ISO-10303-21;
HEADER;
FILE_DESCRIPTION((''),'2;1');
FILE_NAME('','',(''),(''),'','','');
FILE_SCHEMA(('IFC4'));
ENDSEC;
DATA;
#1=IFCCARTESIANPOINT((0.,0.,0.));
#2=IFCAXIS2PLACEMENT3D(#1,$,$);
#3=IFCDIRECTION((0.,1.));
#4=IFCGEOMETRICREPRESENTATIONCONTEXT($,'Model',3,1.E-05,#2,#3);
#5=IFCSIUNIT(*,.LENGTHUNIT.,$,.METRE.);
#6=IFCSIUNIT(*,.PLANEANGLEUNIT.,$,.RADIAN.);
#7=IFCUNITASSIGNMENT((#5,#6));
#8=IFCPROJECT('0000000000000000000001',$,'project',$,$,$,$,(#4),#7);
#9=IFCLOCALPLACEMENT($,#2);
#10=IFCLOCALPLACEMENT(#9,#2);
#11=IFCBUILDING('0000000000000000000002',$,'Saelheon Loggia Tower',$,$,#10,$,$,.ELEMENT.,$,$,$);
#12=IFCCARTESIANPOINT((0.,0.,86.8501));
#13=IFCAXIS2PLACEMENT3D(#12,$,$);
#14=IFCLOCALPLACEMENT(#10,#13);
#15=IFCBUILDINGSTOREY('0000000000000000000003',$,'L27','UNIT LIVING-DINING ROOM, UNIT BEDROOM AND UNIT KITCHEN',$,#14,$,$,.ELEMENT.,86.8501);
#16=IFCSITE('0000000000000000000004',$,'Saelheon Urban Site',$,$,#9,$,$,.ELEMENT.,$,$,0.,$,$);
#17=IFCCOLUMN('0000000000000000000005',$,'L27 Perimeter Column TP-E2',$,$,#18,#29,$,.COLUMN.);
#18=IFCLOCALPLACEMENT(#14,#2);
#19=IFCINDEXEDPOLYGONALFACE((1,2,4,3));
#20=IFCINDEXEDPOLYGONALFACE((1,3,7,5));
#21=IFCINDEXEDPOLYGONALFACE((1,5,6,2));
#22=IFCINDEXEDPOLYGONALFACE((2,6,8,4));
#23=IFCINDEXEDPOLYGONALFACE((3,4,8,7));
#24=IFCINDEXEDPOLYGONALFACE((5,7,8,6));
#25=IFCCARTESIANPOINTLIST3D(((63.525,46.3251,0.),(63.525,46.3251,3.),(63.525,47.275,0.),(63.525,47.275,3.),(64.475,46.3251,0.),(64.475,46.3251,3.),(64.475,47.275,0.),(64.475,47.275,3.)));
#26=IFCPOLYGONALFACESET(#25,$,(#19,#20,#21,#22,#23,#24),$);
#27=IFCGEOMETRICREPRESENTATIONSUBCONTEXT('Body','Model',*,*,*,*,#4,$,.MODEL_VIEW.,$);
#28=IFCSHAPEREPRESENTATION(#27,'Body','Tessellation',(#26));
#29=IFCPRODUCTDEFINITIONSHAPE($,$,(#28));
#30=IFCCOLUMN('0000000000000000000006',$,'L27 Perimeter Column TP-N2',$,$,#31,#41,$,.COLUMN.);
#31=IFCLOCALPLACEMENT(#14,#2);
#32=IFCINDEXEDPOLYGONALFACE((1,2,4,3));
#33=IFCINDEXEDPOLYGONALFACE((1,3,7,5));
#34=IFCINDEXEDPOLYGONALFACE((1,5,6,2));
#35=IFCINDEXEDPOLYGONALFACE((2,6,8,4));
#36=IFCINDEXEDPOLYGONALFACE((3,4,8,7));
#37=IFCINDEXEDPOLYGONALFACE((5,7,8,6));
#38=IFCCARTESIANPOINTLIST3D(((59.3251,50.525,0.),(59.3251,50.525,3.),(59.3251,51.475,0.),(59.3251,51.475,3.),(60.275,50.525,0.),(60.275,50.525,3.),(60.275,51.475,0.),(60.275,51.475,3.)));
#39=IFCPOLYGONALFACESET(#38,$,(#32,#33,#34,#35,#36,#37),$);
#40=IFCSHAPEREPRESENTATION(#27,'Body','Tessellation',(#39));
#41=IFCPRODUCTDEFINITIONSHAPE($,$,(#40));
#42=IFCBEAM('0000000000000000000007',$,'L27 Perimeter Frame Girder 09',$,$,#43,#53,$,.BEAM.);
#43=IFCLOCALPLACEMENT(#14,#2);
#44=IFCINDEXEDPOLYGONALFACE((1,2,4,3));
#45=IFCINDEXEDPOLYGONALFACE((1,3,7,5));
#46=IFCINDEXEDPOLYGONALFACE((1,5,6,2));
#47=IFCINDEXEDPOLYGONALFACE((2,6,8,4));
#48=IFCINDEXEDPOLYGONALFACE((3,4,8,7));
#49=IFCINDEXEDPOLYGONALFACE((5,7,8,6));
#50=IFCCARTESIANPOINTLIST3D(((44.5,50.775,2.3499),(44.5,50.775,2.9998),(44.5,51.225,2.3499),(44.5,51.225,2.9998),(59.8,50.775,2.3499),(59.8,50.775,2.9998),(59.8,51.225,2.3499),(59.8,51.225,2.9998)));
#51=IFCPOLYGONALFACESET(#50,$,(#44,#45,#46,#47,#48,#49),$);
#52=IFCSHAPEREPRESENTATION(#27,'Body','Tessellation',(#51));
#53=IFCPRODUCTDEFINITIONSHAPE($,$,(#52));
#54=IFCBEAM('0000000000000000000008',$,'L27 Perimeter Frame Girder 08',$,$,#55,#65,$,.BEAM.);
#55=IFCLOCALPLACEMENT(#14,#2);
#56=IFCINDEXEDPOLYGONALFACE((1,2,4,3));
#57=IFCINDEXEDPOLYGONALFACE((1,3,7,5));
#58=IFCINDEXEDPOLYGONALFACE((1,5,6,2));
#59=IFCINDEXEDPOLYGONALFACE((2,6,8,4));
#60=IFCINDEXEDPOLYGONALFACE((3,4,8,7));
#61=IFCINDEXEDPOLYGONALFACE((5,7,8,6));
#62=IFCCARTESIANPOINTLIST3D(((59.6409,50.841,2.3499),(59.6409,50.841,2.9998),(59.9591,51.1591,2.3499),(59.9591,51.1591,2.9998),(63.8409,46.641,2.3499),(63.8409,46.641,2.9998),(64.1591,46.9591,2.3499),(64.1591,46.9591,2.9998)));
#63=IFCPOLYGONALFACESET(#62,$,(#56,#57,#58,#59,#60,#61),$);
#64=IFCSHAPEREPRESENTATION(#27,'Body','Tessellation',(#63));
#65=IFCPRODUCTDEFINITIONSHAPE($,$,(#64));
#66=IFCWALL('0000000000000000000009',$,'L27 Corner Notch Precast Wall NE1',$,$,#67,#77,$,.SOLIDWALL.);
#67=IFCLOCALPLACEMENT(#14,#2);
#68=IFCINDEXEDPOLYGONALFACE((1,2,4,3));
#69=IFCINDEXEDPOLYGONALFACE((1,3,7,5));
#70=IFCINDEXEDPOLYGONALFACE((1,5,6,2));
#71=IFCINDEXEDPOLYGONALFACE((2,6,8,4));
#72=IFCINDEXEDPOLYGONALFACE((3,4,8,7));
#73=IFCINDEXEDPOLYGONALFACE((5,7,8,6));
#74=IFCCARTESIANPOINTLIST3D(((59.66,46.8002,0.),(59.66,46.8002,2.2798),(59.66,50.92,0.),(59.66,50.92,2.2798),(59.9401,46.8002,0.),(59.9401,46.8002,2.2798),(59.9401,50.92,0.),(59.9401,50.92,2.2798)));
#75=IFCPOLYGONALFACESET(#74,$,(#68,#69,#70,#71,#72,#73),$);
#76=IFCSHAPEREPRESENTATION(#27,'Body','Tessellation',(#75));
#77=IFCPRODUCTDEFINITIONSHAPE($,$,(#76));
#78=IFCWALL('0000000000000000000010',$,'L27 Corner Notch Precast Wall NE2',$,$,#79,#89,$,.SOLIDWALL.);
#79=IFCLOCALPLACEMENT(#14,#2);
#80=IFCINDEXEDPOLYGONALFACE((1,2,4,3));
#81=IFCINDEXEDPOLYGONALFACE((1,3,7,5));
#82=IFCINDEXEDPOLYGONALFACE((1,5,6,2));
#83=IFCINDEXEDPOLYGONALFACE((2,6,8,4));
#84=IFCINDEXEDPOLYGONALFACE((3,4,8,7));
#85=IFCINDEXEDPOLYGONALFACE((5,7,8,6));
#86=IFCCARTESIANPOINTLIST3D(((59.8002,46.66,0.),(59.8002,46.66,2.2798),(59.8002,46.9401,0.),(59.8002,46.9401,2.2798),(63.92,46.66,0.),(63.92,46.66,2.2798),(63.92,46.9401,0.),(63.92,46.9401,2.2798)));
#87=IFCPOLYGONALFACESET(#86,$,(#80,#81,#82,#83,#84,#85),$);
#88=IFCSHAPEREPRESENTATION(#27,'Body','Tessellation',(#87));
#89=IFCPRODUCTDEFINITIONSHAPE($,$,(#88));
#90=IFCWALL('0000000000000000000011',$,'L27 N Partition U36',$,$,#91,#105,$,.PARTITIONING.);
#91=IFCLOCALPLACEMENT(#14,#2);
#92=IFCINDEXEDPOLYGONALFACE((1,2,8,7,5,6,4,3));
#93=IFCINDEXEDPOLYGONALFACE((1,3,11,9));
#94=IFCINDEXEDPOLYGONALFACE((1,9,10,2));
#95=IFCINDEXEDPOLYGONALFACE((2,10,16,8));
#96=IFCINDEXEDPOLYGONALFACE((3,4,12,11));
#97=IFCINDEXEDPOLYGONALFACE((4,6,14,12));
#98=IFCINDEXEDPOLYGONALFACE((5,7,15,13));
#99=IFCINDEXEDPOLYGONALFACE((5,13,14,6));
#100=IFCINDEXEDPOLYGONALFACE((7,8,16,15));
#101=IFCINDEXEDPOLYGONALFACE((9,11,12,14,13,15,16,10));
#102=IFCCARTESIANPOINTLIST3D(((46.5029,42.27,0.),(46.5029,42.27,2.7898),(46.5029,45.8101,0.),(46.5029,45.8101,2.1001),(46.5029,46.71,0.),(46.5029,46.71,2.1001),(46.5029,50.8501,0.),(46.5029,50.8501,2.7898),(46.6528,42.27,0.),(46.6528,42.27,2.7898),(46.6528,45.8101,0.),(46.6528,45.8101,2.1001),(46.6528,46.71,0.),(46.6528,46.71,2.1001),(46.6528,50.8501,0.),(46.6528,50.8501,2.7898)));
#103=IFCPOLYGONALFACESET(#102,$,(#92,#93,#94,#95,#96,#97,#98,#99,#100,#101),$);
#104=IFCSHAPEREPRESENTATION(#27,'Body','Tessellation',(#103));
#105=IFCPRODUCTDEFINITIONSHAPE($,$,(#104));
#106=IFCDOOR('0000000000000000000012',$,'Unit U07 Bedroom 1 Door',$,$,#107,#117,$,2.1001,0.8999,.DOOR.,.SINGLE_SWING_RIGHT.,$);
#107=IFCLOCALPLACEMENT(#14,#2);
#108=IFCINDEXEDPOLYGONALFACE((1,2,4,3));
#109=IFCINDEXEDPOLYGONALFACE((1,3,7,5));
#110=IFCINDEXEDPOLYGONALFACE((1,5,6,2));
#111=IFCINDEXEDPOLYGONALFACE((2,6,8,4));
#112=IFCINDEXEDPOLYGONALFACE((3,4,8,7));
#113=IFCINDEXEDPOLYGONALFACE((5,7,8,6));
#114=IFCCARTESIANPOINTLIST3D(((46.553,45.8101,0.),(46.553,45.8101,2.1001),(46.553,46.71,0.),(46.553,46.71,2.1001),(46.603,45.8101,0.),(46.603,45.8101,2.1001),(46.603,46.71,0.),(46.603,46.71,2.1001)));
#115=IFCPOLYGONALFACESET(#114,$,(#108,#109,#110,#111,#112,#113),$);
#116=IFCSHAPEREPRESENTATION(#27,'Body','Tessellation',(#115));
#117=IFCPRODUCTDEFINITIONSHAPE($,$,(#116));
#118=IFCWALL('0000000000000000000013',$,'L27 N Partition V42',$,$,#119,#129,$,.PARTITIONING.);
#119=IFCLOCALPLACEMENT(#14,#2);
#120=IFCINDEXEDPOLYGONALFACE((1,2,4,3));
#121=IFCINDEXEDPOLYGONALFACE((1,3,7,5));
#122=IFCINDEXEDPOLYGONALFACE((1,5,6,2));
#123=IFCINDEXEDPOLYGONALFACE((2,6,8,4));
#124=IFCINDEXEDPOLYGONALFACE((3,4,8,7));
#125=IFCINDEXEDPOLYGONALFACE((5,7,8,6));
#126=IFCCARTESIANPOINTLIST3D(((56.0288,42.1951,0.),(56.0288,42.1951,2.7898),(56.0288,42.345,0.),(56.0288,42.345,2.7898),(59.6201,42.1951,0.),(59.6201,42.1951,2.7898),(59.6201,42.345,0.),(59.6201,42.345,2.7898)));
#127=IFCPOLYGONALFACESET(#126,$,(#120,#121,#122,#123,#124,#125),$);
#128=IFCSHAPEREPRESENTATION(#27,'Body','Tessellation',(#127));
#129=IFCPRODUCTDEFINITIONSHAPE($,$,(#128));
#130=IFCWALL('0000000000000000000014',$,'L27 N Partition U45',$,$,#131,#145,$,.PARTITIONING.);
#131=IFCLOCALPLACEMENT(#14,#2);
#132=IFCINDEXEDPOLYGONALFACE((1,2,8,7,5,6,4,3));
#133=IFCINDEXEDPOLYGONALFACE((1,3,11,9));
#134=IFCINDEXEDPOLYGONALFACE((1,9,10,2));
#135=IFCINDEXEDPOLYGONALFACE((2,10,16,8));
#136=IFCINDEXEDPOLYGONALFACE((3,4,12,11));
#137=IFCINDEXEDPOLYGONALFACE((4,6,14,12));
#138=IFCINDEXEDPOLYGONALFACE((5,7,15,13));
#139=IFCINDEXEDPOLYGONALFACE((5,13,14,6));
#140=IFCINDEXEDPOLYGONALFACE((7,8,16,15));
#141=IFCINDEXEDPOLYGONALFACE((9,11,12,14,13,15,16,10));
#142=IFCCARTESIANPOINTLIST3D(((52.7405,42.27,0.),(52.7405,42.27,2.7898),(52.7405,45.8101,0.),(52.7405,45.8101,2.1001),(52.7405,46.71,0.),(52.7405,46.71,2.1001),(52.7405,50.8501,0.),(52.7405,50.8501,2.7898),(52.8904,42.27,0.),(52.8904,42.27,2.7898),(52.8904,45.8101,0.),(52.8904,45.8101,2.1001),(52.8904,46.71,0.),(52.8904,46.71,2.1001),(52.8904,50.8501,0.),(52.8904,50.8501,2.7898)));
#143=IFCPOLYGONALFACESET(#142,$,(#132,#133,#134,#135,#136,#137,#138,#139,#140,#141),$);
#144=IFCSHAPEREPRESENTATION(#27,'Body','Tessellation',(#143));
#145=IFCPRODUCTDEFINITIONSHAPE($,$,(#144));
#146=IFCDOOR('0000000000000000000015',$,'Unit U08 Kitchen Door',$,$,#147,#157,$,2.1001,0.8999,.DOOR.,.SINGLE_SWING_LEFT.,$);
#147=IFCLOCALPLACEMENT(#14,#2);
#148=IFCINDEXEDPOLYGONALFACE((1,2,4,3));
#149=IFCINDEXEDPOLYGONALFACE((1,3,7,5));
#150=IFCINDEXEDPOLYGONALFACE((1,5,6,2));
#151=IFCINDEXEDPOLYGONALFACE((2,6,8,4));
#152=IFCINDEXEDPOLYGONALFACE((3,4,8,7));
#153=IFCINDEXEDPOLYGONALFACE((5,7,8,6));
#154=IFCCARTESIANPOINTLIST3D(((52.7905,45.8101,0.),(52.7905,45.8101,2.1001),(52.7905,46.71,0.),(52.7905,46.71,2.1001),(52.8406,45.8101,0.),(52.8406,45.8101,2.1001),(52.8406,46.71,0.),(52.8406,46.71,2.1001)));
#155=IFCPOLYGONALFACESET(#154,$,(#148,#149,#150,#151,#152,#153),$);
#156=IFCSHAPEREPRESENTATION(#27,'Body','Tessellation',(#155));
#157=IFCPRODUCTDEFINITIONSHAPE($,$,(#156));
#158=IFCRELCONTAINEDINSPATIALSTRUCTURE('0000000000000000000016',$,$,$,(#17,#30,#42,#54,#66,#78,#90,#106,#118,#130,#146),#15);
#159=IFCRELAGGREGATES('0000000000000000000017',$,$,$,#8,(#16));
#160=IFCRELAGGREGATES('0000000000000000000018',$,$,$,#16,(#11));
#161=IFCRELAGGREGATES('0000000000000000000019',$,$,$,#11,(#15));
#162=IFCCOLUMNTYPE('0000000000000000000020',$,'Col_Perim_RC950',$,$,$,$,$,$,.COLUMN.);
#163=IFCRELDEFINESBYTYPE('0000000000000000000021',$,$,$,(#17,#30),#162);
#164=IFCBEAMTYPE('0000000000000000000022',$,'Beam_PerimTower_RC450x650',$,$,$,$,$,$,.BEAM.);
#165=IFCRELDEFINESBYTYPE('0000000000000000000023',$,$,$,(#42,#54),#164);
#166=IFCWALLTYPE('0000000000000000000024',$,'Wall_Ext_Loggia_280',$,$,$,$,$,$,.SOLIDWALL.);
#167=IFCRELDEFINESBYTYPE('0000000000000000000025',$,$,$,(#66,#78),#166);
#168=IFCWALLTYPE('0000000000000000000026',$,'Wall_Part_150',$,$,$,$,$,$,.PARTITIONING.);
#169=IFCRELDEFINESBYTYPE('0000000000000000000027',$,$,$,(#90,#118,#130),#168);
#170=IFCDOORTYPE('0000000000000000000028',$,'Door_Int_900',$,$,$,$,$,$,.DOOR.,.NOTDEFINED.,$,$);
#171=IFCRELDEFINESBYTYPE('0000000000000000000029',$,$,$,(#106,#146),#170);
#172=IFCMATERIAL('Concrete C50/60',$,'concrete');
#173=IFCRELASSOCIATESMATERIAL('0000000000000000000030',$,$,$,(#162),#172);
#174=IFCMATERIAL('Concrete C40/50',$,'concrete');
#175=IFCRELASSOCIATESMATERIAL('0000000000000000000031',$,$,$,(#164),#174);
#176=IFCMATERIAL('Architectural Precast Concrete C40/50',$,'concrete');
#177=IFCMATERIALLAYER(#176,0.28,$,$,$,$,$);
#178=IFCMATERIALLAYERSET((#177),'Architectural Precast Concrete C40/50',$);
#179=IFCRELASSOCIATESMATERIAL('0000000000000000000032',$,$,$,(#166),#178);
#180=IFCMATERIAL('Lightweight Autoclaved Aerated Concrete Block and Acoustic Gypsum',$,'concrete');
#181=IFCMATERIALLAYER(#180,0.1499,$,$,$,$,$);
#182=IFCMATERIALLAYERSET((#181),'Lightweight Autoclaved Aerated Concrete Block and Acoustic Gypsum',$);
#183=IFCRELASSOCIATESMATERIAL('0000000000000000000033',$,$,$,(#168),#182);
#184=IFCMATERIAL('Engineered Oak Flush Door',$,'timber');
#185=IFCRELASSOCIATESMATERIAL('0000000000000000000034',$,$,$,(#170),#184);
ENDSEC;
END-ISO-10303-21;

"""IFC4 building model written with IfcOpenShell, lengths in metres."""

from ifc_helpers import new_model, si_unit, direction, frame, frame_2d, origin, origin_2d, place, context, subcontext, project, spatial, rectangle, extrude, source, transform, mapped, material, layer, layer_set, material_profile, profile_set, type_object, element, fill, save


model = new_model("IFC4")

# Units and contexts
model_context = context("Model", 3, precision=1e-05, world=origin(), true_north=direction((0.0, 1.0)))
body_context = subcontext(model_context, "Body", "Model", "MODEL_VIEW")
ifc_project = project(units=[si_unit("LENGTHUNIT", "METRE"), si_unit("PLANEANGLEUNIT", "RADIAN")], contexts=[model_context])

# Site, building, storey
site_placement = place(None, origin())
site = spatial("IfcSite", under=ifc_project, at=site_placement, Name="Saelheon Urban Site", CompositionType="ELEMENT", RefElevation=0.0)
building_placement = place(site_placement, origin())
building = spatial("IfcBuilding", under=site, at=building_placement, Name="Saelheon Loggia Tower", CompositionType="ELEMENT")
storey_placement = place(building_placement, frame((0.0, 0.0, 86.8501)))
storey = spatial("IfcBuildingStorey", under=building, at=storey_placement, Name="L27", Description="UNIT LIVING-DINING ROOM, UNIT BEDROOM AND UNIT KITCHEN", CompositionType="ELEMENT", Elevation=86.8501)

# Columns
ifc_material_1 = material(Name="Concrete C50/60", Category="concrete")
ifc_material_profile_1 = material_profile(ifc_material_1, rectangle(XDim=0.95, YDim=0.95, at=origin_2d()), Name="RC-950x950")
ifc_profile_set_1 = profile_set([ifc_material_profile_1], Name="Concrete C50/60")
column_type = type_object("IfcColumnType", Name="Col_Perim_RC950", PredefinedType="COLUMN", material=ifc_profile_set_1)
shared_shape_1 = source(origin(), body_context, "Body", "SweptSolid", [
    extrude(rectangle(XDim=0.95, YDim=0.95, at=origin_2d()), origin(), (0.0, 0.0, 1.0), 3.0),
])
for number, where, z_axis, x_axis, name in (
    (1, (64.0, 46.8, 0.0), (0.0, 0.0, 1.0), (1.0, 0.0, 0.0), "L27 Perimeter Column TP-E2"),
    (2, (59.8, 51.0, 0.0), (0.0, 0.0, 1.0), (1.0, 0.0, 0.0), "L27 Perimeter Column TP-N2"),
):
    element("IfcColumn", number, at=place(storey_placement, frame(where, z_axis=z_axis, x_axis=x_axis)), inside=storey, type_object=column_type, Name=name, PredefinedType="COLUMN", context=body_context, shape_type="MappedRepresentation", body=[
        mapped(shared_shape_1, transform((0.0, 0.0, 0.0), scale=1.0)),
    ])

# Beams
ifc_material_2 = material(Name="Concrete C40/50", Category="concrete")
ifc_material_profile_2 = material_profile(ifc_material_2, rectangle(XDim=0.45, YDim=0.6499, at=origin_2d()), Name="RC-450x650")
ifc_profile_set_2 = profile_set([ifc_material_profile_2], Name="Concrete C40/50")
beam_type = type_object("IfcBeamType", Name="Beam_PerimTower_RC450x650", PredefinedType="BEAM", material=ifc_profile_set_2)
shared_shape_2 = source(origin(), body_context, "Body", "SweptSolid", [
    extrude(rectangle(XDim=0.45, YDim=0.6499, at=origin_2d()), origin(), (0.0, 0.0, 1.0), 15.3),
])
beam_1_placement = place(storey_placement, frame((59.8, 51.0, 2.6748), z_axis=(-1.0, 0.0, 0.0), x_axis=(0.0, -1.0, 0.0)))
element("IfcBeam", 3, at=beam_1_placement, inside=storey, type_object=beam_type, Name="L27 Perimeter Frame Girder 09", PredefinedType="BEAM", context=body_context, shape_type="MappedRepresentation", body=[
    mapped(shared_shape_2, transform((0.0, 0.0, 0.0), scale=1.0)),
])
shared_shape_3 = source(origin(), body_context, "Body", "SweptSolid", [
    extrude(rectangle(XDim=0.45, YDim=0.6499, at=origin_2d()), origin(), (0.0, 0.0, 1.0), 5.9397),
])
beam_2_placement = place(storey_placement, frame((64.0, 46.8, 2.6748), z_axis=(-0.707107, 0.707107, 0.0), x_axis=(-0.707107, -0.707107, 0.0)))
element("IfcBeam", 4, at=beam_2_placement, inside=storey, type_object=beam_type, Name="L27 Perimeter Frame Girder 08", PredefinedType="BEAM", context=body_context, shape_type="MappedRepresentation", body=[
    mapped(shared_shape_3, transform((0.0, 0.0, 0.0), scale=1.0)),
])

# Walls
ifc_material_3 = material(Name="Architectural Precast Concrete C40/50", Category="concrete")
ifc_layer_1 = layer(ifc_material_3, 0.28)
ifc_layer_set_1 = layer_set([ifc_layer_1], Name="Architectural Precast Concrete C40/50")
wall_type_1 = type_object("IfcWallType", Name="Wall_Ext_Loggia_280", PredefinedType="SOLIDWALL", material=ifc_layer_set_1)
for number, where, z_axis, x_axis, name in (
    (5, (59.8, 46.8, 0.0), (0.0, 0.0, 1.0), (0.0, 1.0, 0.0), "L27 Corner Notch Precast Wall NE1"),
    (6, (59.8, 46.8, 0.0), (0.0, 0.0, 1.0), (1.0, 0.0, 0.0), "L27 Corner Notch Precast Wall NE2"),
):
    element("IfcWall", number, at=place(storey_placement, frame(where, z_axis=z_axis, x_axis=x_axis)), inside=storey, type_object=wall_type_1, Name=name, PredefinedType="SOLIDWALL", context=body_context, shape_type="SweptSolid", body=[
        extrude(rectangle(XDim=4.1199, YDim=0.28, at=frame_2d((2.0601, 0.0))), origin(), (0.0, 0.0, 1.0), 2.2798),
    ])

# Wall, opening, door
ifc_material_4 = material(Name="Lightweight Autoclaved Aerated Concrete Block and Acoustic Gypsum", Category="concrete")
ifc_layer_2 = layer(ifc_material_4, 0.1499)
ifc_layer_set_2 = layer_set([ifc_layer_2], Name="Lightweight Autoclaved Aerated Concrete Block and Acoustic Gypsum")
wall_type_2 = type_object("IfcWallType", Name="Wall_Part_150", PredefinedType="PARTITIONING", material=ifc_layer_set_2)
wall_1_placement = place(storey_placement, frame((46.5779, 42.27, 0.0), z_axis=(0.0, 0.0, 1.0), x_axis=(0.0, 1.0, 0.0)))
wall_1 = element("IfcWall", 7, at=wall_1_placement, inside=storey, type_object=wall_type_2, Name="L27 N Partition U36", PredefinedType="PARTITIONING", context=body_context, shape_type="SweptSolid", body=[
    extrude(rectangle(XDim=8.5801, YDim=0.1499, at=frame_2d((4.29, 0.0))), origin(), (0.0, 0.0, 1.0), 2.7898),
])
opening_1_placement = place(wall_1_placement, frame((3.54, 0.0, 0.0)))
opening_1 = element("IfcOpeningElement", 8, at=opening_1_placement, cuts=wall_1, PredefinedType="OPENING", context=body_context, shape_type="SweptSolid", body=[
    extrude(rectangle(XDim=0.8999, YDim=2.1001, at=frame_2d((0.45, 1.05))), frame((0.0, 0.0869, 0.0), z_axis=(0.0, -1.0, 0.0), x_axis=(1.0, 0.0, 0.0)), (0.0, 0.0, 1.0), 0.1738),
])
ifc_material_5 = material(Name="Engineered Oak Flush Door", Category="timber")
door_type_1 = type_object("IfcDoorType", Name="Door_Int_900", OperationType="NOTDEFINED", PredefinedType="DOOR", material=ifc_material_5)
shared_shape_4 = source(origin(), body_context, "Body", "SweptSolid", [
    extrude(rectangle(XDim=0.8999, YDim=2.1001, at=frame_2d((0.45, 1.05))), frame((0.0, 0.0249, 0.0), z_axis=(0.0, -1.0, 0.0), x_axis=(1.0, 0.0, 0.0)), (0.0, 0.0, 1.0), 0.05),
])
door_1_placement = place(opening_1_placement, origin())
door_1 = element("IfcDoor", 9, at=door_1_placement, inside=storey, type_object=door_type_1, Name="Unit U07 Bedroom 1 Door", OperationType="SINGLE_SWING_RIGHT", OverallHeight=2.1001, OverallWidth=0.8999, PredefinedType="DOOR", context=body_context, shape_type="MappedRepresentation", body=[
    mapped(shared_shape_4, transform((0.0, 0.0, 0.0), scale=1.0)),
])
fill(opening_1, door_1)

# Wall
wall_2_placement = place(storey_placement, frame((56.0288, 42.27, 0.0), z_axis=(0.0, 0.0, 1.0), x_axis=(1.0, 0.0, 0.0)))
element("IfcWall", 10, at=wall_2_placement, inside=storey, type_object=wall_type_2, Name="L27 N Partition V42", PredefinedType="PARTITIONING", context=body_context, shape_type="SweptSolid", body=[
    extrude(rectangle(XDim=3.5913, YDim=0.1499, at=frame_2d((1.7957, 0.0))), origin(), (0.0, 0.0, 1.0), 2.7898),
])

# Wall, opening, door
wall_3_placement = place(storey_placement, frame((52.8154, 42.27, 0.0), z_axis=(0.0, 0.0, 1.0), x_axis=(0.0, 1.0, 0.0)))
wall_3 = element("IfcWall", 11, at=wall_3_placement, inside=storey, type_object=wall_type_2, Name="L27 N Partition U45", PredefinedType="PARTITIONING", context=body_context, shape_type="SweptSolid", body=[
    extrude(rectangle(XDim=8.5801, YDim=0.1499, at=frame_2d((4.29, 0.0))), origin(), (0.0, 0.0, 1.0), 2.7898),
])
opening_2_placement = place(wall_3_placement, frame((3.54, 0.0, 0.0)))
opening_2 = element("IfcOpeningElement", 12, at=opening_2_placement, cuts=wall_3, PredefinedType="OPENING", context=body_context, shape_type="SweptSolid", body=[
    extrude(rectangle(XDim=0.8999, YDim=2.1001, at=frame_2d((0.45, 1.05))), frame((0.0, 0.0869, 0.0), z_axis=(0.0, -1.0, 0.0), x_axis=(1.0, 0.0, 0.0)), (0.0, 0.0, 1.0), 0.1738),
])
door_2_placement = place(opening_2_placement, origin())
door_2 = element("IfcDoor", 13, at=door_2_placement, inside=storey, type_object=door_type_1, Name="Unit U08 Kitchen Door", OperationType="SINGLE_SWING_LEFT", OverallHeight=2.1001, OverallWidth=0.8999, PredefinedType="DOOR", context=body_context, shape_type="MappedRepresentation", body=[
    mapped(shared_shape_4, transform((0.0, 0.0, 0.0), scale=1.0)),
])
fill(opening_2, door_2)

save(model, "model.ifc")
